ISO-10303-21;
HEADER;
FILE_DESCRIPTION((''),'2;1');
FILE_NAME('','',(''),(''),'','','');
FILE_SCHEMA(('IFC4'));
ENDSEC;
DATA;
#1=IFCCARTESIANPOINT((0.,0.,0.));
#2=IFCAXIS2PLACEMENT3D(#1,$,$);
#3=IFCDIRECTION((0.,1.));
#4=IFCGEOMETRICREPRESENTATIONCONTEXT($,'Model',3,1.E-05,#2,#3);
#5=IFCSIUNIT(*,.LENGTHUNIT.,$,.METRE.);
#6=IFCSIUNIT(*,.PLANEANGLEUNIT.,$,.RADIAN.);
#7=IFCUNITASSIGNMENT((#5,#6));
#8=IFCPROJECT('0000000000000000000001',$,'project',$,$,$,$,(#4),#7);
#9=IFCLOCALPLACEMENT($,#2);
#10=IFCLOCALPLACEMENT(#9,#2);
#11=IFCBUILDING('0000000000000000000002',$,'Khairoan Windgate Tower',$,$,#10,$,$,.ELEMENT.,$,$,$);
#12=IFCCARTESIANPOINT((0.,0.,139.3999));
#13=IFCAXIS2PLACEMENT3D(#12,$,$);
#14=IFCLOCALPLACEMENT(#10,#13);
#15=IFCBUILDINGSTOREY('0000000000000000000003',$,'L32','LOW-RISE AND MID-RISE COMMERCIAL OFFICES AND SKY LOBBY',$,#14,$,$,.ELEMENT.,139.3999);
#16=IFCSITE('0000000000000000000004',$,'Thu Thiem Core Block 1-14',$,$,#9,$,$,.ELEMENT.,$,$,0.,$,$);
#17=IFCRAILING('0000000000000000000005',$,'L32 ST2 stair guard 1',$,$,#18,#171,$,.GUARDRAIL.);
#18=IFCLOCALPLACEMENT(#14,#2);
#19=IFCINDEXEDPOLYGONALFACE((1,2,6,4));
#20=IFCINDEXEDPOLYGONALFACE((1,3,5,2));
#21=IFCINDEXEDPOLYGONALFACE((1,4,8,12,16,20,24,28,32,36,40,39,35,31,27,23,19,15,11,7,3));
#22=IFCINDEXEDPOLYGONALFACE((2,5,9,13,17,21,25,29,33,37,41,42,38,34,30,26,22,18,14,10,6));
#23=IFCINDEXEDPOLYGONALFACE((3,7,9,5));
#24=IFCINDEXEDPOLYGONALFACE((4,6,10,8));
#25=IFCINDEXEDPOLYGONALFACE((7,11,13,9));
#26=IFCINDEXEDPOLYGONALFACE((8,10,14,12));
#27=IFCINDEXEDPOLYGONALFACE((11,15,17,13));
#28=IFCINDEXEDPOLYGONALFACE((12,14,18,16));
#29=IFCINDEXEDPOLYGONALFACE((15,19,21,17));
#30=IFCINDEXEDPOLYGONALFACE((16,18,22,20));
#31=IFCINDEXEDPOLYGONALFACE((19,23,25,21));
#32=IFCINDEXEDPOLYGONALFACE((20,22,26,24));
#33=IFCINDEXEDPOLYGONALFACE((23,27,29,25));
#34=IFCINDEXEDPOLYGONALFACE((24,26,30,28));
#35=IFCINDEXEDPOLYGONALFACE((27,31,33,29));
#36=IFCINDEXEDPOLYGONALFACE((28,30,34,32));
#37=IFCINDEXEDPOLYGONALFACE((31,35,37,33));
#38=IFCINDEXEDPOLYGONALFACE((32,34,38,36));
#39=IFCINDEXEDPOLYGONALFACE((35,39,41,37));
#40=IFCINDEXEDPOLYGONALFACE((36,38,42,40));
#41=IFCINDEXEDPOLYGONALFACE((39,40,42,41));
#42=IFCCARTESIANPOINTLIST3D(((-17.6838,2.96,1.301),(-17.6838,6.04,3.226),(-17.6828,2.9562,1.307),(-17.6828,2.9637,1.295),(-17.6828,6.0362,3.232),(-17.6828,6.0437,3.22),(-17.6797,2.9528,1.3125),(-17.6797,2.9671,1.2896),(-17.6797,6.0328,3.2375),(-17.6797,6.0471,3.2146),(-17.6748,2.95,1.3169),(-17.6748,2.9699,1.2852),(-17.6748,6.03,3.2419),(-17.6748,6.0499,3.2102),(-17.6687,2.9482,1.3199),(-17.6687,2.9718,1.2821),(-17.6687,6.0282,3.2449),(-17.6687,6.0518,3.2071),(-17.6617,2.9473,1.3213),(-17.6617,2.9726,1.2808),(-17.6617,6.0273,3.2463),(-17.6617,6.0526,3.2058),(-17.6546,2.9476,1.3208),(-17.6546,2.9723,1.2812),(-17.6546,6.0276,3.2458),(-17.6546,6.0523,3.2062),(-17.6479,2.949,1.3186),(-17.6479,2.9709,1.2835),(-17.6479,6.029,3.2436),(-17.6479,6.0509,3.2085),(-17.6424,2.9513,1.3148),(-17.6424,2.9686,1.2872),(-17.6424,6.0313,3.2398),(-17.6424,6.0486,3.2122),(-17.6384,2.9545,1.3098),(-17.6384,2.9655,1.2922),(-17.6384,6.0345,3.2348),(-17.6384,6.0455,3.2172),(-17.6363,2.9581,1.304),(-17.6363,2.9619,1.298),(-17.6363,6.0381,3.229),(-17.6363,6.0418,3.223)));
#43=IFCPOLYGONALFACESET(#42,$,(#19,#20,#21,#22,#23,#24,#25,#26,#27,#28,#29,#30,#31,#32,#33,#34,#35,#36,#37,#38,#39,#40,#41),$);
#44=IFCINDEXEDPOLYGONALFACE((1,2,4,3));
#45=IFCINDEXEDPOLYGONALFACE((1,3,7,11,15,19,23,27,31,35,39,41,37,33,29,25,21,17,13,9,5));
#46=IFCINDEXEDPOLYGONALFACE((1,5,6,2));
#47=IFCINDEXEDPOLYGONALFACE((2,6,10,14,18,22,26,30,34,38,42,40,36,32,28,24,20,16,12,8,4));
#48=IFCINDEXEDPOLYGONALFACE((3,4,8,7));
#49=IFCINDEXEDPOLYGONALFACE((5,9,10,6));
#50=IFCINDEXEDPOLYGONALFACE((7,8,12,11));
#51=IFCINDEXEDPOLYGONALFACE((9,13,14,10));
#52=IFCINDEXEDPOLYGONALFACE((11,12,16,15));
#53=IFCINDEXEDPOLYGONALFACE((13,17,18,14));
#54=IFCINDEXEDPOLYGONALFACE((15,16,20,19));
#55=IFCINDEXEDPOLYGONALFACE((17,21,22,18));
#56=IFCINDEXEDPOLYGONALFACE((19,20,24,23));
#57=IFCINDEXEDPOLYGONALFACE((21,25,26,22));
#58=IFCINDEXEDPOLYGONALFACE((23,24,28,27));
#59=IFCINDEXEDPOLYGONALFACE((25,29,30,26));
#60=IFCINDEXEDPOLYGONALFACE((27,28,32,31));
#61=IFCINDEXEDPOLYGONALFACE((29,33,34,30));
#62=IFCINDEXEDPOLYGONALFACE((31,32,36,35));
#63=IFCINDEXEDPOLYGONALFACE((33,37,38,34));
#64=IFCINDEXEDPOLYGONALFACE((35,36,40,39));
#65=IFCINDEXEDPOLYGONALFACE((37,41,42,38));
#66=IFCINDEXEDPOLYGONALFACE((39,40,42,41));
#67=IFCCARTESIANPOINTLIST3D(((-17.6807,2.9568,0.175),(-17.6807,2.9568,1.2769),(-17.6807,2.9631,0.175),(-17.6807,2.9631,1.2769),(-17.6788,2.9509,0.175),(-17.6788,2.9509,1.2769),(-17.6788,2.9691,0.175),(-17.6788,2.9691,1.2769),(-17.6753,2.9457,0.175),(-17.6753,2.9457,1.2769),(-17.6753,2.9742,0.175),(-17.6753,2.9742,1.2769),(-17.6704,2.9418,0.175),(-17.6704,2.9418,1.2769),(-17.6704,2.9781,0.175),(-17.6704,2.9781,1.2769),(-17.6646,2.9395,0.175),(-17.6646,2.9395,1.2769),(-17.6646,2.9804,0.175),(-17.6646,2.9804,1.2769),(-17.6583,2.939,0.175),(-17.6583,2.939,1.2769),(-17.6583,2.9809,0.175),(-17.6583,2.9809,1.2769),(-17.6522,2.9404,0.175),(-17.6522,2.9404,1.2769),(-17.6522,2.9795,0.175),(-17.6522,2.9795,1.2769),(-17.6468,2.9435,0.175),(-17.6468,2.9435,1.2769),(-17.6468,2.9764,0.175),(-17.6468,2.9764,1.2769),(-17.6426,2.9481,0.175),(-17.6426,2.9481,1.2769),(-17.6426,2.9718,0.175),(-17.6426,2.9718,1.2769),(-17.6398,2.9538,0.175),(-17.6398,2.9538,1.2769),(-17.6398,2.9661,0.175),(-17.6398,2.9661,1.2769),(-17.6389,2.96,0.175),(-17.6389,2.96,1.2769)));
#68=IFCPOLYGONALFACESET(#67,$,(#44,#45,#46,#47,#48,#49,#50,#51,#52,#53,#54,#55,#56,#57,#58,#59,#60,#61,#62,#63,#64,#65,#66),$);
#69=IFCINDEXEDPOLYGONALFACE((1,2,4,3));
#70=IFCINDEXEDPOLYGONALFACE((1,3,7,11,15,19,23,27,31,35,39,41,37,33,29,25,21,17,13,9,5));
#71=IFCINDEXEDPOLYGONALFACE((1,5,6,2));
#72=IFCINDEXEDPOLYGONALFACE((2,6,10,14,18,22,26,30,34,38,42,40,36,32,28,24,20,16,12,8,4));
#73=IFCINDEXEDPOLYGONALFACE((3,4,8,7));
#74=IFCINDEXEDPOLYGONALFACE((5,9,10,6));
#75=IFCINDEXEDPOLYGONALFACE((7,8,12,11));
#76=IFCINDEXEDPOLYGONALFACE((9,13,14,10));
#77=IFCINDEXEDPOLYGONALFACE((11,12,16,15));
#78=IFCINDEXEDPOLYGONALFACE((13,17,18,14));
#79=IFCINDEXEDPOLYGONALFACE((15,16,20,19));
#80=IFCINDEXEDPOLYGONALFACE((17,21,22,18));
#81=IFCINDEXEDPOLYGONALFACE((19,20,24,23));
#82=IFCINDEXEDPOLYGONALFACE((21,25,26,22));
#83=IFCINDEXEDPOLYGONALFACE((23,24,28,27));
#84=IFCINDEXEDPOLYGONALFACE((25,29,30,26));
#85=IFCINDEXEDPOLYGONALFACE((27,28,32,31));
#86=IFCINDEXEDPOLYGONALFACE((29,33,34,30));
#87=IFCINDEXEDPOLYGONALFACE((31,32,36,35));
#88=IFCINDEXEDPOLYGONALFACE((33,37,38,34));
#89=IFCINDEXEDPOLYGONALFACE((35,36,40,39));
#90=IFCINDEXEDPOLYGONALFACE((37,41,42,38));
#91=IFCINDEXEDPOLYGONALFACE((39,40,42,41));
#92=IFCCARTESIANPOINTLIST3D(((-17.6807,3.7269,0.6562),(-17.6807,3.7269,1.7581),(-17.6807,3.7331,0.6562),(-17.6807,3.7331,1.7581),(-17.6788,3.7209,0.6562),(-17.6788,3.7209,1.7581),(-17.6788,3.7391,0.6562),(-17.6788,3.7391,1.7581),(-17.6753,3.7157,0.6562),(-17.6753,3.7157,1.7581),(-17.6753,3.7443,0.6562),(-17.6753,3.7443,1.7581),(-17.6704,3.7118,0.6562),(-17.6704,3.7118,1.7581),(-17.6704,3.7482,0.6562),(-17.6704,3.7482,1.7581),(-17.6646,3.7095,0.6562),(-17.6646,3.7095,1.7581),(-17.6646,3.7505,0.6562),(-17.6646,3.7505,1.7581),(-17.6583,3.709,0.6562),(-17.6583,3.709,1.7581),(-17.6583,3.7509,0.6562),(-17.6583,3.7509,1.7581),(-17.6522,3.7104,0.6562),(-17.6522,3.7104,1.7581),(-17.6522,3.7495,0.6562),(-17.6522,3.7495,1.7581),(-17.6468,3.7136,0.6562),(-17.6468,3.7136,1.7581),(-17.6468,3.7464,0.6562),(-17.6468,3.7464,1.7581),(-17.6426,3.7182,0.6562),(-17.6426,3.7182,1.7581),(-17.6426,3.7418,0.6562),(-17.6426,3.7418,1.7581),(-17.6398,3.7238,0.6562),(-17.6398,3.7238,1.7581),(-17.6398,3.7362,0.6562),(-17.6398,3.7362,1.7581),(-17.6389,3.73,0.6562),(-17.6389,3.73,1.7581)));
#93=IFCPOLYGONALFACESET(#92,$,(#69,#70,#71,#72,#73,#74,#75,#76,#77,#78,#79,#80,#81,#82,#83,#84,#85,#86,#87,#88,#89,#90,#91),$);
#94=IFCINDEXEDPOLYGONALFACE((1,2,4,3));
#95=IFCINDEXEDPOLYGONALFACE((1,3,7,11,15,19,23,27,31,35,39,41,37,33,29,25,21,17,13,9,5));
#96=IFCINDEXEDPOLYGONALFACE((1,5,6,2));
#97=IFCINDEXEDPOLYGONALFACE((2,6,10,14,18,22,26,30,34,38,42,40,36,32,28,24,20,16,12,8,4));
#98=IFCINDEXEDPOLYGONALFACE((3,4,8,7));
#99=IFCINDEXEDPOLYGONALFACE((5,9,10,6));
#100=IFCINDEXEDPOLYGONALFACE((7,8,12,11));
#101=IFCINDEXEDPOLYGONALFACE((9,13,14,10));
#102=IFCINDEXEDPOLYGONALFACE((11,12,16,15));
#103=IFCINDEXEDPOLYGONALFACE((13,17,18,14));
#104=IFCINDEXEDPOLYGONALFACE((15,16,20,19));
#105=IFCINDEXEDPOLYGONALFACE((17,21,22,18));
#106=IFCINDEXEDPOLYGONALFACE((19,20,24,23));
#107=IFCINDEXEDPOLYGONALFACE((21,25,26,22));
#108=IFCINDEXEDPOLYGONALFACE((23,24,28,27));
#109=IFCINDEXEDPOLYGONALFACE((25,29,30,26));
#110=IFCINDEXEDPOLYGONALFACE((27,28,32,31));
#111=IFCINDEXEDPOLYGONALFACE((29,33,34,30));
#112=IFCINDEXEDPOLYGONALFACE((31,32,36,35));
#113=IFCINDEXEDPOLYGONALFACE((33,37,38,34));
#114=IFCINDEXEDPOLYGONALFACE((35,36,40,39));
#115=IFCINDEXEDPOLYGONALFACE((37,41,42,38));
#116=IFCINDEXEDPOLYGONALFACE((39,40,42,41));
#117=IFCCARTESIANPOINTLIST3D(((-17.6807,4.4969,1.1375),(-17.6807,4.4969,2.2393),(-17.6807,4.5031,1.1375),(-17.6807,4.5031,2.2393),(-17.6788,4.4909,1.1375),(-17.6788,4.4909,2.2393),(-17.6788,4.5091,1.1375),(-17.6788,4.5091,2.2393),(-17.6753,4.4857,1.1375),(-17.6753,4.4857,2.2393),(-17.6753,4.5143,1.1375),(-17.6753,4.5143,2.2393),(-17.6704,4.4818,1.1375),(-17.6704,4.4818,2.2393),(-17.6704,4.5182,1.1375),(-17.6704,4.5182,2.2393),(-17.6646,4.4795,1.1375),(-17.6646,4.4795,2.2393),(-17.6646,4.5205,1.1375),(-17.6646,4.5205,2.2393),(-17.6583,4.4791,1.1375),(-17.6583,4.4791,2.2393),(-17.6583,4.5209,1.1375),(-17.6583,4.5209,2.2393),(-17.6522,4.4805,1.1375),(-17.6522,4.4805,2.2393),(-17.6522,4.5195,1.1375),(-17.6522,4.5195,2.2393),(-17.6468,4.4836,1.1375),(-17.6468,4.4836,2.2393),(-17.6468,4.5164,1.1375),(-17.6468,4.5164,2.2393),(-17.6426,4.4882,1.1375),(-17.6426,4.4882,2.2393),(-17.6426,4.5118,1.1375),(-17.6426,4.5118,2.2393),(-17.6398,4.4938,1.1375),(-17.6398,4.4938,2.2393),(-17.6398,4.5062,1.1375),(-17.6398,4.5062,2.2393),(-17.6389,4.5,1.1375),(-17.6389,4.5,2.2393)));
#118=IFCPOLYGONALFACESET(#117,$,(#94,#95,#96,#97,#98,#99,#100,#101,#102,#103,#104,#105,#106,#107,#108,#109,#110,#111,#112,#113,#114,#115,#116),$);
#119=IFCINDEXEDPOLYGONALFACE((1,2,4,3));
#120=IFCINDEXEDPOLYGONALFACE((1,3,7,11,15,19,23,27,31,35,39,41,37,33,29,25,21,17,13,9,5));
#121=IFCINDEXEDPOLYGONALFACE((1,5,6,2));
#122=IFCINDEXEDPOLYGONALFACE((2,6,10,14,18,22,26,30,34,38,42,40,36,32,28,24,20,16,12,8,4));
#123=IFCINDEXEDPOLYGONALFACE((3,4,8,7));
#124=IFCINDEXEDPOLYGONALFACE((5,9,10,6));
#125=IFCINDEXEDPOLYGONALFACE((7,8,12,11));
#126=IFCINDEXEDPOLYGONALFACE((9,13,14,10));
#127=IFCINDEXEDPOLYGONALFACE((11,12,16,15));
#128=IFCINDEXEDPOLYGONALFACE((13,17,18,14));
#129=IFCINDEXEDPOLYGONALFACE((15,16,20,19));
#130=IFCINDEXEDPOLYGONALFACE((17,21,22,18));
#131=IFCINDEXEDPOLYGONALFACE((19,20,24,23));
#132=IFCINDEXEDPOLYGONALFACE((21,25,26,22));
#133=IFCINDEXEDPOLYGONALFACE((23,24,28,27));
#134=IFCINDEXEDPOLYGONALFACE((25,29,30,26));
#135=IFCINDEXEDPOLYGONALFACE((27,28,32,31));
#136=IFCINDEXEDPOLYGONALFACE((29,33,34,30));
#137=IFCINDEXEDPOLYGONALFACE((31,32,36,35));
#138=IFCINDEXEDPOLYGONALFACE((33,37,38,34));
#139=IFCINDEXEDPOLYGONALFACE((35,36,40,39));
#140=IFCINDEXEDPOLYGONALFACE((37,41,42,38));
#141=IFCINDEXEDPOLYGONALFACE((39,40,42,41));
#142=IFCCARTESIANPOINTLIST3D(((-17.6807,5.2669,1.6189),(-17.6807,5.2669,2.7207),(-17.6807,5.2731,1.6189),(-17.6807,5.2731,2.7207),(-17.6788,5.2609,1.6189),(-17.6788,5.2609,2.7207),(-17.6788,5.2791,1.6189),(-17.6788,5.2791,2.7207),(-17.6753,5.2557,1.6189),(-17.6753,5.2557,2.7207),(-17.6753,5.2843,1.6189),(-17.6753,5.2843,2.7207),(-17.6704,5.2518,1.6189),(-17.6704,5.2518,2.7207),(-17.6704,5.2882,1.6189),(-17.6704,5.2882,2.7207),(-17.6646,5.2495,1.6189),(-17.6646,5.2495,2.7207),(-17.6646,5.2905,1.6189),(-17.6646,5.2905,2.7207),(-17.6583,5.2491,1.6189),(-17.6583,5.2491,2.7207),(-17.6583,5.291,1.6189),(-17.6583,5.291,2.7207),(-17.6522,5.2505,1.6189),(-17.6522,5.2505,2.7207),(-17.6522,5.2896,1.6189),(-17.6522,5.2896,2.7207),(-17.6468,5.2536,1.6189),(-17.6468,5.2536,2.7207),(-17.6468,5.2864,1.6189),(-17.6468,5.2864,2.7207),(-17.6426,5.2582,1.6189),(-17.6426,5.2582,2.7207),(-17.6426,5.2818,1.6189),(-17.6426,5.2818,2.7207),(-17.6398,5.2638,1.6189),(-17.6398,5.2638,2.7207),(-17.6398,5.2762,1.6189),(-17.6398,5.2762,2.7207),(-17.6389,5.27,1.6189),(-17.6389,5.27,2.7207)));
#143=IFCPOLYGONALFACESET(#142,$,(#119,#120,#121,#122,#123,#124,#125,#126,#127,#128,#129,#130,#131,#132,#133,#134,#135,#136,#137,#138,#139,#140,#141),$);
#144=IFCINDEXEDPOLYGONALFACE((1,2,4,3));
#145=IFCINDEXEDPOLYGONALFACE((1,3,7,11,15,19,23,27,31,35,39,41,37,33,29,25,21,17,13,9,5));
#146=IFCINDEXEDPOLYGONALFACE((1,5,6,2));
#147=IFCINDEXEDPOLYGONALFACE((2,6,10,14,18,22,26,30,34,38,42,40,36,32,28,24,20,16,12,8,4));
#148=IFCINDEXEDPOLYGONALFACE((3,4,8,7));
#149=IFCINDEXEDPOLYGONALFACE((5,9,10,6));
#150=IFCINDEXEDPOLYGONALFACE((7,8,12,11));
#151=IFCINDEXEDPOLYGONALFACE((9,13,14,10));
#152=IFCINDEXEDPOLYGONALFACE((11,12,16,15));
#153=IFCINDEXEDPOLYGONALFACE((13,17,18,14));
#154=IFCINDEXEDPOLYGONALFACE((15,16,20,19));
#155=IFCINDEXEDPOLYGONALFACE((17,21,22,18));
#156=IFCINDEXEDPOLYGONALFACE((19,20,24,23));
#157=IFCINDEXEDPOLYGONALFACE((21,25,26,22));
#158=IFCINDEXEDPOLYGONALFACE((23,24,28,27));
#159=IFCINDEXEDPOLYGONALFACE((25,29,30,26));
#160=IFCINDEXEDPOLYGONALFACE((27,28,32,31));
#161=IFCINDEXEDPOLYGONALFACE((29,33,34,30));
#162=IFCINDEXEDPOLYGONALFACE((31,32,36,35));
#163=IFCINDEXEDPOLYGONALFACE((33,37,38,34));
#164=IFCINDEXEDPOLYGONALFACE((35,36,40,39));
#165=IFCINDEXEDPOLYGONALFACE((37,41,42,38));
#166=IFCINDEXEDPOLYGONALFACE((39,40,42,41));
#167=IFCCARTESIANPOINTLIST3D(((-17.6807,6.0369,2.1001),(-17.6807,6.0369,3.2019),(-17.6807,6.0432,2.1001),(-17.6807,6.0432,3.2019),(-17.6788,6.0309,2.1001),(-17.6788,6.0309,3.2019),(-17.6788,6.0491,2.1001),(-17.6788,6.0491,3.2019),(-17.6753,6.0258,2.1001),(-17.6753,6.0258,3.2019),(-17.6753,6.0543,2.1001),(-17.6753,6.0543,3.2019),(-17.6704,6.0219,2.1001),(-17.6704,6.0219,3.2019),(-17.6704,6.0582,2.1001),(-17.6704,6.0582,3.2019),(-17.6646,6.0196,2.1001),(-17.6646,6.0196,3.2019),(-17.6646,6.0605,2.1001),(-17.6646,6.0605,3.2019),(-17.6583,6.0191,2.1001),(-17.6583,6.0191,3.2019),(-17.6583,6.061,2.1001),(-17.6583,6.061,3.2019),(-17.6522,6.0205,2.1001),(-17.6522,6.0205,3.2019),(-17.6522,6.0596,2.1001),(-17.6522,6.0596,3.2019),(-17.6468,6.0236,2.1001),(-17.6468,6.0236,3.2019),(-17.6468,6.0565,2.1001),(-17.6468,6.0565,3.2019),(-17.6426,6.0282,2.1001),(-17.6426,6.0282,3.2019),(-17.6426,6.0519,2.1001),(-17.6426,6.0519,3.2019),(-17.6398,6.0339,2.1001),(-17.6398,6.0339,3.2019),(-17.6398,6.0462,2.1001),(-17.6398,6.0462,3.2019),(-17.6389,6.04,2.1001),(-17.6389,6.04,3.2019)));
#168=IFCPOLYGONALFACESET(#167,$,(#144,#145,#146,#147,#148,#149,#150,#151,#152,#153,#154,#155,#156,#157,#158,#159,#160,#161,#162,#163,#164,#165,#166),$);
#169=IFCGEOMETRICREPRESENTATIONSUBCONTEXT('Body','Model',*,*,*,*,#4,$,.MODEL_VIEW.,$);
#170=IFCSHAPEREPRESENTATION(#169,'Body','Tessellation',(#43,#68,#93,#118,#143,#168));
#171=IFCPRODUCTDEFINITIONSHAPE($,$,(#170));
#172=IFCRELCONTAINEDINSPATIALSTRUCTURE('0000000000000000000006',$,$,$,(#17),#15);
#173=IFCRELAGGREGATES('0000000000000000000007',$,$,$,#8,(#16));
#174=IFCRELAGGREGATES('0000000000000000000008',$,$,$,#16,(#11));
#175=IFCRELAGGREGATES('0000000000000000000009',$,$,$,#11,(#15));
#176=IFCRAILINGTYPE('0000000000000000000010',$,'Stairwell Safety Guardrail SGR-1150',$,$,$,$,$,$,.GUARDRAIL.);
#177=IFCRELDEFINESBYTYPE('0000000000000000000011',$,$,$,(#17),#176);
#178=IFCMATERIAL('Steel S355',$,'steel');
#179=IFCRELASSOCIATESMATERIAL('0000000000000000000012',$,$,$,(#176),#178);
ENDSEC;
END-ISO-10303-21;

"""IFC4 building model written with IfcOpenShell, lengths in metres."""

from ifc_helpers import new_model, si_unit, direction, frame, origin, origin_2d, place, context, subcontext, project, spatial, circle, extrude, material, type_object, element, save


model = new_model("IFC4")

# Units and contexts
model_context = context("Model", 3, precision=1e-05, world=origin(), true_north=direction((0.0, 1.0)))
body_context = subcontext(model_context, "Body", "Model", "MODEL_VIEW")
ifc_project = project(units=[si_unit("LENGTHUNIT", "METRE"), si_unit("PLANEANGLEUNIT", "RADIAN")], contexts=[model_context])

# Site, building, storey
site_placement = place(None, origin())
site = spatial("IfcSite", under=ifc_project, at=site_placement, Name="Thu Thiem Core Block 1-14", CompositionType="ELEMENT", RefElevation=0.0)
building_placement = place(site_placement, origin())
building = spatial("IfcBuilding", under=site, at=building_placement, Name="Khairoan Windgate Tower", CompositionType="ELEMENT")
storey_placement = place(building_placement, frame((0.0, 0.0, 139.3999)))
storey = spatial("IfcBuildingStorey", under=building, at=storey_placement, Name="L32", Description="LOW-RISE AND MID-RISE COMMERCIAL OFFICES AND SKY LOBBY", CompositionType="ELEMENT", Elevation=139.3999)

# Railing
ifc_material_1 = material(Name="Steel S355", Category="steel")
railing_type_1 = type_object("IfcRailingType", Name="Stairwell Safety Guardrail SGR-1150", PredefinedType="GUARDRAIL", material=ifc_material_1)
railing_1_placement = place(storey_placement, frame((-17.6599, 2.96, 0.175)))
element("IfcRailing", 1, at=railing_1_placement, inside=storey, type_object=railing_type_1, Name="L32 ST2 stair guard 1", PredefinedType="GUARDRAIL", context=body_context, shape_type="SweptSolid", body=[
    extrude(circle(Radius=0.0239, at=origin_2d()), frame((0.0, 0.0, 1.126), z_axis=(0.0, 0.847998, 0.529999), x_axis=(-1.0, 0.0, 0.0)), (0.0, 0.0, 1.0), 3.6321),
    extrude(circle(Radius=0.021, at=origin_2d()), origin(), (0.0, 0.0, 1.0), 1.1018),
    extrude(circle(Radius=0.021, at=origin_2d()), frame((0.0, 0.77, 0.4812)), (0.0, 0.0, 1.0), 1.1018),
    extrude(circle(Radius=0.021, at=origin_2d()), frame((0.0, 1.54, 0.9624)), (0.0, 0.0, 1.0), 1.1018),
    extrude(circle(Radius=0.021, at=origin_2d()), frame((0.0, 2.3101, 1.4438)), (0.0, 0.0, 1.0), 1.1018),
    extrude(circle(Radius=0.021, at=origin_2d()), frame((0.0, 3.0801, 1.925)), (0.0, 0.0, 1.0), 1.1018),
])

save(model, "model.ifc")
